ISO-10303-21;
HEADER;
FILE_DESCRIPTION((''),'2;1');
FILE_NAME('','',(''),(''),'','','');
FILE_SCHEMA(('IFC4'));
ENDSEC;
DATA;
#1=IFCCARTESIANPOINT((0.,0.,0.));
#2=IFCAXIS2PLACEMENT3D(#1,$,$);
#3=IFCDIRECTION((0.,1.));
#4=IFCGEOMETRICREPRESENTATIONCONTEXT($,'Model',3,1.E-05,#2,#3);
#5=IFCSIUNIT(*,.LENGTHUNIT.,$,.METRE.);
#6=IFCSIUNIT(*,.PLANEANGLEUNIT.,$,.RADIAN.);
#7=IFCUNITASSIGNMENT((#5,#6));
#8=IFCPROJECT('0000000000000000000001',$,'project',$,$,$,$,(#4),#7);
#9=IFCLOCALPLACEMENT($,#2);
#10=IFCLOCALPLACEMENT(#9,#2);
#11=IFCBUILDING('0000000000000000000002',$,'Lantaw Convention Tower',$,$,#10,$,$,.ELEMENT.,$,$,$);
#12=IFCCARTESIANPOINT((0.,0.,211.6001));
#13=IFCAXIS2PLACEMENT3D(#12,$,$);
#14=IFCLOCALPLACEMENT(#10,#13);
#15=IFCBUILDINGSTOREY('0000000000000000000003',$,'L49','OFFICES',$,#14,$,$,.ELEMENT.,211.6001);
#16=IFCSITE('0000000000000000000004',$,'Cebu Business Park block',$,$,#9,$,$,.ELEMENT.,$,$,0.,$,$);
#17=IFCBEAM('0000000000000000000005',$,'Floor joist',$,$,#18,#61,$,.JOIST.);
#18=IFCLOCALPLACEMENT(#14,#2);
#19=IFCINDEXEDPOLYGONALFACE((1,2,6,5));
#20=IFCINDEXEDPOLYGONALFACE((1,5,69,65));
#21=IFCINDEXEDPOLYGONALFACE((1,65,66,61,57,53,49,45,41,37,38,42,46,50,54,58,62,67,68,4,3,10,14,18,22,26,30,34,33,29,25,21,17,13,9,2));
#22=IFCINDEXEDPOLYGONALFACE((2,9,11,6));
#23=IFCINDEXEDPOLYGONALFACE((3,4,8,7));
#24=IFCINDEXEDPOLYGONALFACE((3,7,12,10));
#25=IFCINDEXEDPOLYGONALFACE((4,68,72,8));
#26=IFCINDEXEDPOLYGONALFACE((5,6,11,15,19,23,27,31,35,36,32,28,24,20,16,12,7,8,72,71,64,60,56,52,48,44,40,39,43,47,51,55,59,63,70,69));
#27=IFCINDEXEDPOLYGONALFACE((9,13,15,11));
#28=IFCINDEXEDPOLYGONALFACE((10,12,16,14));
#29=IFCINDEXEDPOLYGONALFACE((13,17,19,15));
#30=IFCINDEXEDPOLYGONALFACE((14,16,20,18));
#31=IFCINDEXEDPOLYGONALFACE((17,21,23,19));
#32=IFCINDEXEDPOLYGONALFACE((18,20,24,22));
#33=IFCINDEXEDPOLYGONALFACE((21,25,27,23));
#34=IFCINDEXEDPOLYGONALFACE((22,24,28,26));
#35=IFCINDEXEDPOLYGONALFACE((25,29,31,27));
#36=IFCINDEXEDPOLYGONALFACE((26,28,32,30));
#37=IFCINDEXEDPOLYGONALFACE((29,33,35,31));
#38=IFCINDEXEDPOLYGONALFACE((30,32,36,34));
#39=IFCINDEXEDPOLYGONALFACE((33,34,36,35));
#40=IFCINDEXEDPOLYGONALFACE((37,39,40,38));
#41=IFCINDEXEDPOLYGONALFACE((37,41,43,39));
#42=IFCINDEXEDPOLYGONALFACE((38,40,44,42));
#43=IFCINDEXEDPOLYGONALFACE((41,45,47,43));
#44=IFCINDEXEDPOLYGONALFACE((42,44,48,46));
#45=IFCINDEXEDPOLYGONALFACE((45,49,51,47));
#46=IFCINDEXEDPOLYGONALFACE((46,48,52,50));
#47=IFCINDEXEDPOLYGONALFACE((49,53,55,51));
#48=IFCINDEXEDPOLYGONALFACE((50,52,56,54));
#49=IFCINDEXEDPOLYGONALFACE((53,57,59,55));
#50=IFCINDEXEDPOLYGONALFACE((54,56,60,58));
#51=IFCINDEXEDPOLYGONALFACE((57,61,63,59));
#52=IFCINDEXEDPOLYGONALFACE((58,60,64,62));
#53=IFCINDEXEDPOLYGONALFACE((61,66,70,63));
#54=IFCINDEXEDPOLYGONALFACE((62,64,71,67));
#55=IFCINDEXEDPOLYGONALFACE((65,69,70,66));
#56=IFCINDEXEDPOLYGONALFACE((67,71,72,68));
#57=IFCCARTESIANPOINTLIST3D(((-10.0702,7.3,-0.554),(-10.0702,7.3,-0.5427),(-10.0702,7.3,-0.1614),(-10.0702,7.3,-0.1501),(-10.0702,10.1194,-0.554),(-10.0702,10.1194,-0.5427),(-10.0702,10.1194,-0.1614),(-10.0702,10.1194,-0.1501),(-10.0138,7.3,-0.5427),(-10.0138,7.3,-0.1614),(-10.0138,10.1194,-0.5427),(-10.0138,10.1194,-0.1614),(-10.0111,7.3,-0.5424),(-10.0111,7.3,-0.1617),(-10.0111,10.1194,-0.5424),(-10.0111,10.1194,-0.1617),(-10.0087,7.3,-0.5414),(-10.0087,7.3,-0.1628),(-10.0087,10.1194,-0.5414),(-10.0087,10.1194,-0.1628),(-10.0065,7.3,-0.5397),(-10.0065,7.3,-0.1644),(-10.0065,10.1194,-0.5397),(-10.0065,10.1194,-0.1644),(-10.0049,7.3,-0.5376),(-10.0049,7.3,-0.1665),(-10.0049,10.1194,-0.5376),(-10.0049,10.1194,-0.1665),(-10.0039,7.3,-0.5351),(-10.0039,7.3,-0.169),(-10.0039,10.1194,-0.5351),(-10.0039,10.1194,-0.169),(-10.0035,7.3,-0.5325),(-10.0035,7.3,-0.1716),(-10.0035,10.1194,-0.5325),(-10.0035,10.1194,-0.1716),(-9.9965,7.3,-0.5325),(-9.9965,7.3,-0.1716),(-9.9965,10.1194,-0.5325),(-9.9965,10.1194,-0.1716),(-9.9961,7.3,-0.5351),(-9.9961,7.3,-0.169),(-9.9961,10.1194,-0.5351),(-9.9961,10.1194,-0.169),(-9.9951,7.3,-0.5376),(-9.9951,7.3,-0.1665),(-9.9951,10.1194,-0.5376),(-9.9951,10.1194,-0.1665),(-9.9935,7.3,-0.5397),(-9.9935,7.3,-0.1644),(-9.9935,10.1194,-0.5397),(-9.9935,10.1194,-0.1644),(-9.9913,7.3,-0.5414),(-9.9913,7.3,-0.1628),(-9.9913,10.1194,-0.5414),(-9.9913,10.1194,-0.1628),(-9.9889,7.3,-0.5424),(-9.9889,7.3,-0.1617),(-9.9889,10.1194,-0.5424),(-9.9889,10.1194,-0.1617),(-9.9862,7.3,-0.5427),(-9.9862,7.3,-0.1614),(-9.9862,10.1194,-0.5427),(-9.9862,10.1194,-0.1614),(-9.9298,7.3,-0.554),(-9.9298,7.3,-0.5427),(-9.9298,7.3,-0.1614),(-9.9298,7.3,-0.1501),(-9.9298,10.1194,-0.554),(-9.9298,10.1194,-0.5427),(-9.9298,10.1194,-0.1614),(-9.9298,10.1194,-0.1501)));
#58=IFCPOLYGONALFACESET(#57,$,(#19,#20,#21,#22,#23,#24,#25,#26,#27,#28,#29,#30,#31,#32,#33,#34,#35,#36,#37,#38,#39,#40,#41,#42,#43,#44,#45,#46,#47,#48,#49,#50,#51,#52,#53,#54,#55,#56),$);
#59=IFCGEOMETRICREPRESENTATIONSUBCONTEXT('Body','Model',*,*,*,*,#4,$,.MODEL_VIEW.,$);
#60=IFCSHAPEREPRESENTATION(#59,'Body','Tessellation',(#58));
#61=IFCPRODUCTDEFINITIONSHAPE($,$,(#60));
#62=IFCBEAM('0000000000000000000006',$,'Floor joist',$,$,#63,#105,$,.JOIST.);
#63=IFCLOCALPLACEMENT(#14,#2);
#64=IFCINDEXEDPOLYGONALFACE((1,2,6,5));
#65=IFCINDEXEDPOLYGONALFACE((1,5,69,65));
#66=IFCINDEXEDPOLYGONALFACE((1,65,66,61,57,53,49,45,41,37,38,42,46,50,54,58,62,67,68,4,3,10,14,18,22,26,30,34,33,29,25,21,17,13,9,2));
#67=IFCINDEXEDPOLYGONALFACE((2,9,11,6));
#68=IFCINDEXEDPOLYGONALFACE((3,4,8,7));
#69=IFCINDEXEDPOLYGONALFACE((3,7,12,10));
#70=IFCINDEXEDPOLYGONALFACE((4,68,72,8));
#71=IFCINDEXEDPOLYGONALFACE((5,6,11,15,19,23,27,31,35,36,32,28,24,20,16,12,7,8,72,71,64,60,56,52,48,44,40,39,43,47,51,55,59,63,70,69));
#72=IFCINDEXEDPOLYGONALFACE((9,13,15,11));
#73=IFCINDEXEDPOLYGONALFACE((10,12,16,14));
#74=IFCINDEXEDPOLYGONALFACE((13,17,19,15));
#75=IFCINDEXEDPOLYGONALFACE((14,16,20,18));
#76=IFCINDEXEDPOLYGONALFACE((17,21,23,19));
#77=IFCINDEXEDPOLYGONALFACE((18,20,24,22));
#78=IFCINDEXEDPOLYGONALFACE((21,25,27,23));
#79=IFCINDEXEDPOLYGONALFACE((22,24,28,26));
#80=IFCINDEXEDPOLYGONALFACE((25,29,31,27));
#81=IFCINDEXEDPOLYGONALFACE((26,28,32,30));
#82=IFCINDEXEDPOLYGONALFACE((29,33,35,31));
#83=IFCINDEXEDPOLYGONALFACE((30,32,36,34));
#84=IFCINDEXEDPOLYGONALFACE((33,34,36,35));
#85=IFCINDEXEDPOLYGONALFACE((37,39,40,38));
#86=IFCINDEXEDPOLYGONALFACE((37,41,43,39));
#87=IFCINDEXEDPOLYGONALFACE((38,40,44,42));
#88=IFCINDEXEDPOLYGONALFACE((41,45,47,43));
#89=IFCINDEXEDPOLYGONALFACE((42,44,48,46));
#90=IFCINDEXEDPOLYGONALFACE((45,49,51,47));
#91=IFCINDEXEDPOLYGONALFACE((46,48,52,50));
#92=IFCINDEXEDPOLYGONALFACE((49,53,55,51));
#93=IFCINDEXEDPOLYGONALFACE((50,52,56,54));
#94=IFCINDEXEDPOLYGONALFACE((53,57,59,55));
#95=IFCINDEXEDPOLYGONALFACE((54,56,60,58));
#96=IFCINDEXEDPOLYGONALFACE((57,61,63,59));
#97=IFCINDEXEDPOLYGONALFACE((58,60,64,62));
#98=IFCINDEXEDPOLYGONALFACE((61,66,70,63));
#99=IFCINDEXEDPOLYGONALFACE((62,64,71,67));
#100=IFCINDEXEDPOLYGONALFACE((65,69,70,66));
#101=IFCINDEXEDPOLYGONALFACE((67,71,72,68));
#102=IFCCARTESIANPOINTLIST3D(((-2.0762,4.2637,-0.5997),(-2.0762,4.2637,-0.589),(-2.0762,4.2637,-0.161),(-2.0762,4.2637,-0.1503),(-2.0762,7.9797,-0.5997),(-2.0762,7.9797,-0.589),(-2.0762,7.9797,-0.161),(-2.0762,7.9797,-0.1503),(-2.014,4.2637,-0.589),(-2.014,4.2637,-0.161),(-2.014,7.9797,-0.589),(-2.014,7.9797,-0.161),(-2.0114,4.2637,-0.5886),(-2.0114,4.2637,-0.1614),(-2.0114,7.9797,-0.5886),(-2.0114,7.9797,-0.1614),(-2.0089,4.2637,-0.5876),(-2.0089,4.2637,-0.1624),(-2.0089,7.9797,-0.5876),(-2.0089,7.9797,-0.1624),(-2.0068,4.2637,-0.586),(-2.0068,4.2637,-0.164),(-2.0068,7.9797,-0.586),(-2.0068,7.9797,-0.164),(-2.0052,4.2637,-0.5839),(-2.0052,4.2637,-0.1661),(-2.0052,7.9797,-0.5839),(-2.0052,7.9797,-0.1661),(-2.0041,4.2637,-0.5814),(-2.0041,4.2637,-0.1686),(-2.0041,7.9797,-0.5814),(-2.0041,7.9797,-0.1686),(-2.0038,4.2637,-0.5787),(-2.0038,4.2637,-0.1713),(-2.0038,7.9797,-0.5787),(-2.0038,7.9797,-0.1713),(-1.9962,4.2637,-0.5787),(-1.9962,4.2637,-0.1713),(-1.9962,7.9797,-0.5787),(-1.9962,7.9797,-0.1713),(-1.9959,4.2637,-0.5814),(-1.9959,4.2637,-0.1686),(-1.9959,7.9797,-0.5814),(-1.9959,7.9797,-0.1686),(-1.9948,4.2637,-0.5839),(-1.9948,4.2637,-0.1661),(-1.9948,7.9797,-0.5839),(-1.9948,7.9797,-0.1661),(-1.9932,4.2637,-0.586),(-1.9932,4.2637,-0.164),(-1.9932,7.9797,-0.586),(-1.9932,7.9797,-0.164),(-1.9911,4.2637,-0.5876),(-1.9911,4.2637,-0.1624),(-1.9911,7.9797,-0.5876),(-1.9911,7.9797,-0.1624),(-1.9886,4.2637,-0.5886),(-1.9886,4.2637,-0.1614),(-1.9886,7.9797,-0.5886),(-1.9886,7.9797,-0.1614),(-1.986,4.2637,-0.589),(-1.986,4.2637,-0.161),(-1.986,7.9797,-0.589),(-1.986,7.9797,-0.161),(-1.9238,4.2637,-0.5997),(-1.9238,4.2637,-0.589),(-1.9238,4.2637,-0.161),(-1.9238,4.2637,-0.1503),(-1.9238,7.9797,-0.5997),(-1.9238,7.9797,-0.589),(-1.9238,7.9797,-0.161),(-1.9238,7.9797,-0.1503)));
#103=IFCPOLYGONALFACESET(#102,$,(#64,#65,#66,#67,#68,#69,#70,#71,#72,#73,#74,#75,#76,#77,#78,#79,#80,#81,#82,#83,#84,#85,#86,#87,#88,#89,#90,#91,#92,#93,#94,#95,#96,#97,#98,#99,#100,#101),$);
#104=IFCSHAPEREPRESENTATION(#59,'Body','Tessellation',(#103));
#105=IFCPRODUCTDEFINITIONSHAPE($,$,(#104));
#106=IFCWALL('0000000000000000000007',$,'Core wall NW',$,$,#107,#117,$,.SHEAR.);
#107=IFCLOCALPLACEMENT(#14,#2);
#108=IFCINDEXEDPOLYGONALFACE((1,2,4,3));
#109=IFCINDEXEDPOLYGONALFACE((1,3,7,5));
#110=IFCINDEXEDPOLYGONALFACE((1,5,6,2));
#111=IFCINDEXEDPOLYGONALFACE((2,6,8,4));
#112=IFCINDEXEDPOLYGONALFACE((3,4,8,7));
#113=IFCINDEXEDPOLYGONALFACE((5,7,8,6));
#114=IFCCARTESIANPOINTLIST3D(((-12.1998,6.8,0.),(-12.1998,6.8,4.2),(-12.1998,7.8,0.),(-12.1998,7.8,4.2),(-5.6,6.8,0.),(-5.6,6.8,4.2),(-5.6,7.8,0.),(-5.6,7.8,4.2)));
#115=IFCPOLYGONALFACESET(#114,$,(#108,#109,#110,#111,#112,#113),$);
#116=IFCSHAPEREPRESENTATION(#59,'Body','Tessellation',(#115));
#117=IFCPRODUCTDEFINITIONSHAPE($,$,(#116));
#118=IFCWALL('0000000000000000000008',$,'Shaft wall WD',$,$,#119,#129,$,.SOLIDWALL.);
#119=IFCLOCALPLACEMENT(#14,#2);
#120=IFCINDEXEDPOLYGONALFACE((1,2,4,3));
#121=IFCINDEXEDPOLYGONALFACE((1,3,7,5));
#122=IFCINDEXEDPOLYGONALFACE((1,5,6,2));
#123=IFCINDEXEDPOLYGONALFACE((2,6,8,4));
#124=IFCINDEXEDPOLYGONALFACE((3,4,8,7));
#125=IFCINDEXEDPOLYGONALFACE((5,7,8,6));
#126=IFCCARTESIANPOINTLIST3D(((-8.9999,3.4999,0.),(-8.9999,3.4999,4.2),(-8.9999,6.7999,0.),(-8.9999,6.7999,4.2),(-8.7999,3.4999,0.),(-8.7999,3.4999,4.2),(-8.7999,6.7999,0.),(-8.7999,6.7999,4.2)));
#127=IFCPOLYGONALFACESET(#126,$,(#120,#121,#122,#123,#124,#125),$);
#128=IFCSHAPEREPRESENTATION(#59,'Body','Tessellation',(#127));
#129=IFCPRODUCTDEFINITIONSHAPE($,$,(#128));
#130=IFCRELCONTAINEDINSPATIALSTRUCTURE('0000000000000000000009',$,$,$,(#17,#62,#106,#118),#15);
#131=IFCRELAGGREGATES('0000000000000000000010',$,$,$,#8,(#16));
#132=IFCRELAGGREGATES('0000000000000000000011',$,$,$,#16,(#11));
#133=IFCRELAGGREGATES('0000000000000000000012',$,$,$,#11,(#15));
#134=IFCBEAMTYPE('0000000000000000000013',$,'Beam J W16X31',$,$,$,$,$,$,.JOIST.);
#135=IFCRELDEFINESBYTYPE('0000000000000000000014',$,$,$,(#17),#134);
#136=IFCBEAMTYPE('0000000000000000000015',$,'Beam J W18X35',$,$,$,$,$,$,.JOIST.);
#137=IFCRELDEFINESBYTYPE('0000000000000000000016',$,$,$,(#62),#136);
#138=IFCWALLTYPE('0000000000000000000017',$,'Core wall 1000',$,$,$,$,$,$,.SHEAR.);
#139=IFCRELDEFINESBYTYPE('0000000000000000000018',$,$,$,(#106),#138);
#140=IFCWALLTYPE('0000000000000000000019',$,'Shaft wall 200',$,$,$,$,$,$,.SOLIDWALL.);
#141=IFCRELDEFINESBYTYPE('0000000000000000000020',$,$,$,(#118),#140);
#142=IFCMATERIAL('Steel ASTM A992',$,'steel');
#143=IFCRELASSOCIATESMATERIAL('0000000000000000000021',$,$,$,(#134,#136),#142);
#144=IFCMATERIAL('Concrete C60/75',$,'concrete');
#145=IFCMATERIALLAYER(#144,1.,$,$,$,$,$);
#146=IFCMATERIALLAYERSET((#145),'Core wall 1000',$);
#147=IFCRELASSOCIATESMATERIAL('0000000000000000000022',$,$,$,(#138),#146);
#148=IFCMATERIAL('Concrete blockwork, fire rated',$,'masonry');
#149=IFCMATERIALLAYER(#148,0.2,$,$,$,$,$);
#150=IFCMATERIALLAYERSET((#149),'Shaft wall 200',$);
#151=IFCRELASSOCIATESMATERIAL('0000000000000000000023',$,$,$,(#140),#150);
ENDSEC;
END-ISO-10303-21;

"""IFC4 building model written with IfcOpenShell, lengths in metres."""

from ifc_helpers import new_model, si_unit, direction, frame, frame_2d, origin, origin_2d, place, context, subcontext, project, spatial, rectangle, i_section, extrude, material, layer, layer_set, material_profile, profile_set, type_object, element, save


model = new_model("IFC4")

# Units and contexts
model_context = context("Model", 3, precision=1e-05, world=origin(), true_north=direction((0.0, 1.0)))
body_context = subcontext(model_context, "Body", "Model", "MODEL_VIEW")
ifc_project = project(units=[si_unit("LENGTHUNIT", "METRE"), si_unit("PLANEANGLEUNIT", "RADIAN")], contexts=[model_context])

# Site, building, storey
site_placement = place(None, origin())
site = spatial("IfcSite", under=ifc_project, at=site_placement, Name="Cebu Business Park block", CompositionType="ELEMENT", RefElevation=0.0)
building_placement = place(site_placement, origin())
building = spatial("IfcBuilding", under=site, at=building_placement, Name="Lantaw Convention Tower", CompositionType="ELEMENT")
storey_placement = place(building_placement, frame((0.0, 0.0, 211.6001)))
storey = spatial("IfcBuildingStorey", under=building, at=storey_placement, Name="L49", Description="OFFICES", CompositionType="ELEMENT", Elevation=211.6001)

# Beams
ifc_material_1 = material(Name="Steel ASTM A992", Category="steel")
ifc_material_profile_1 = material_profile(ifc_material_1, i_section(OverallWidth=0.1404, OverallDepth=0.4038, WebThickness=0.0071, FlangeThickness=0.0112, FilletRadius=0.0103, at=origin_2d()), Name="W16X31")
ifc_profile_set_1 = profile_set([ifc_material_profile_1], Name="Steel ASTM A992")
beam_type_1 = type_object("IfcBeamType", Name="Beam J W16X31", PredefinedType="JOIST", material=ifc_profile_set_1)
beam_1_placement = place(storey_placement, frame((-10.0, 7.3, -0.3521), z_axis=(0.0, 1.0, 0.0), x_axis=(-1.0, 0.0, 0.0)))
element("IfcBeam", 1, at=beam_1_placement, inside=storey, type_object=beam_type_1, Name="Floor joist", PredefinedType="JOIST", context=body_context, shape_type="SweptSolid", body=[
    extrude(i_section(OverallWidth=0.1404, OverallDepth=0.4038, WebThickness=0.0071, FlangeThickness=0.0112, FilletRadius=0.0103, at=origin_2d()), origin(), (0.0, 0.0, 1.0), 2.8193),
])
ifc_material_profile_2 = material_profile(ifc_material_1, i_section(OverallWidth=0.1523, OverallDepth=0.4495, WebThickness=0.0076, FlangeThickness=0.0107, FilletRadius=0.0103, at=origin_2d()), Name="W18X35")
ifc_profile_set_2 = profile_set([ifc_material_profile_2], Name="Steel ASTM A992")
beam_type_2 = type_object("IfcBeamType", Name="Beam J W18X35", PredefinedType="JOIST", material=ifc_profile_set_2)
beam_2_placement = place(storey_placement, frame((-2.0, 4.2637, -0.375), z_axis=(0.0, 1.0, 0.0), x_axis=(-1.0, 0.0, 0.0)))
element("IfcBeam", 2, at=beam_2_placement, inside=storey, type_object=beam_type_2, Name="Floor joist", PredefinedType="JOIST", context=body_context, shape_type="SweptSolid", body=[
    extrude(i_section(OverallWidth=0.1523, OverallDepth=0.4495, WebThickness=0.0076, FlangeThickness=0.0107, FilletRadius=0.0103, at=origin_2d()), origin(), (0.0, 0.0, 1.0), 3.7161),
])

# Walls
ifc_material_2 = material(Name="Concrete C60/75", Category="concrete")
ifc_layer_1 = layer(ifc_material_2, 1.0)
ifc_layer_set_1 = layer_set([ifc_layer_1], Name="Core wall 1000")
wall_type_1 = type_object("IfcWallType", Name="Core wall 1000", PredefinedType="SHEAR", material=ifc_layer_set_1)
wall_1_placement = place(storey_placement, frame((-5.6001, 7.3, 0.0), z_axis=(0.0, 0.0, 1.0), x_axis=(-1.0, 0.0, 0.0)))
element("IfcWall", 3, at=wall_1_placement, inside=storey, type_object=wall_type_1, Name="Core wall NW", PredefinedType="SHEAR", context=body_context, shape_type="SweptSolid", body=[
    extrude(rectangle(XDim=6.5999, YDim=1.0, at=frame_2d((3.2998, 0.0))), origin(), (0.0, 0.0, 1.0), 4.2),
])
ifc_material_3 = material(Name="Concrete blockwork, fire rated", Category="masonry")
ifc_layer_2 = layer(ifc_material_3, 0.2)
ifc_layer_set_2 = layer_set([ifc_layer_2], Name="Shaft wall 200")
wall_type_2 = type_object("IfcWallType", Name="Shaft wall 200", PredefinedType="SOLIDWALL", material=ifc_layer_set_2)
wall_2_placement = place(storey_placement, frame((-8.8999, 3.5, 0.0), z_axis=(0.0, 0.0, 1.0), x_axis=(0.0, 1.0, 0.0)))
element("IfcWall", 4, at=wall_2_placement, inside=storey, type_object=wall_type_2, Name="Shaft wall WD", PredefinedType="SOLIDWALL", context=body_context, shape_type="SweptSolid", body=[
    extrude(rectangle(XDim=3.3, YDim=0.2, at=frame_2d((1.6499, 0.0))), origin(), (0.0, 0.0, 1.0), 4.2),
])

save(model, "model.ifc")
